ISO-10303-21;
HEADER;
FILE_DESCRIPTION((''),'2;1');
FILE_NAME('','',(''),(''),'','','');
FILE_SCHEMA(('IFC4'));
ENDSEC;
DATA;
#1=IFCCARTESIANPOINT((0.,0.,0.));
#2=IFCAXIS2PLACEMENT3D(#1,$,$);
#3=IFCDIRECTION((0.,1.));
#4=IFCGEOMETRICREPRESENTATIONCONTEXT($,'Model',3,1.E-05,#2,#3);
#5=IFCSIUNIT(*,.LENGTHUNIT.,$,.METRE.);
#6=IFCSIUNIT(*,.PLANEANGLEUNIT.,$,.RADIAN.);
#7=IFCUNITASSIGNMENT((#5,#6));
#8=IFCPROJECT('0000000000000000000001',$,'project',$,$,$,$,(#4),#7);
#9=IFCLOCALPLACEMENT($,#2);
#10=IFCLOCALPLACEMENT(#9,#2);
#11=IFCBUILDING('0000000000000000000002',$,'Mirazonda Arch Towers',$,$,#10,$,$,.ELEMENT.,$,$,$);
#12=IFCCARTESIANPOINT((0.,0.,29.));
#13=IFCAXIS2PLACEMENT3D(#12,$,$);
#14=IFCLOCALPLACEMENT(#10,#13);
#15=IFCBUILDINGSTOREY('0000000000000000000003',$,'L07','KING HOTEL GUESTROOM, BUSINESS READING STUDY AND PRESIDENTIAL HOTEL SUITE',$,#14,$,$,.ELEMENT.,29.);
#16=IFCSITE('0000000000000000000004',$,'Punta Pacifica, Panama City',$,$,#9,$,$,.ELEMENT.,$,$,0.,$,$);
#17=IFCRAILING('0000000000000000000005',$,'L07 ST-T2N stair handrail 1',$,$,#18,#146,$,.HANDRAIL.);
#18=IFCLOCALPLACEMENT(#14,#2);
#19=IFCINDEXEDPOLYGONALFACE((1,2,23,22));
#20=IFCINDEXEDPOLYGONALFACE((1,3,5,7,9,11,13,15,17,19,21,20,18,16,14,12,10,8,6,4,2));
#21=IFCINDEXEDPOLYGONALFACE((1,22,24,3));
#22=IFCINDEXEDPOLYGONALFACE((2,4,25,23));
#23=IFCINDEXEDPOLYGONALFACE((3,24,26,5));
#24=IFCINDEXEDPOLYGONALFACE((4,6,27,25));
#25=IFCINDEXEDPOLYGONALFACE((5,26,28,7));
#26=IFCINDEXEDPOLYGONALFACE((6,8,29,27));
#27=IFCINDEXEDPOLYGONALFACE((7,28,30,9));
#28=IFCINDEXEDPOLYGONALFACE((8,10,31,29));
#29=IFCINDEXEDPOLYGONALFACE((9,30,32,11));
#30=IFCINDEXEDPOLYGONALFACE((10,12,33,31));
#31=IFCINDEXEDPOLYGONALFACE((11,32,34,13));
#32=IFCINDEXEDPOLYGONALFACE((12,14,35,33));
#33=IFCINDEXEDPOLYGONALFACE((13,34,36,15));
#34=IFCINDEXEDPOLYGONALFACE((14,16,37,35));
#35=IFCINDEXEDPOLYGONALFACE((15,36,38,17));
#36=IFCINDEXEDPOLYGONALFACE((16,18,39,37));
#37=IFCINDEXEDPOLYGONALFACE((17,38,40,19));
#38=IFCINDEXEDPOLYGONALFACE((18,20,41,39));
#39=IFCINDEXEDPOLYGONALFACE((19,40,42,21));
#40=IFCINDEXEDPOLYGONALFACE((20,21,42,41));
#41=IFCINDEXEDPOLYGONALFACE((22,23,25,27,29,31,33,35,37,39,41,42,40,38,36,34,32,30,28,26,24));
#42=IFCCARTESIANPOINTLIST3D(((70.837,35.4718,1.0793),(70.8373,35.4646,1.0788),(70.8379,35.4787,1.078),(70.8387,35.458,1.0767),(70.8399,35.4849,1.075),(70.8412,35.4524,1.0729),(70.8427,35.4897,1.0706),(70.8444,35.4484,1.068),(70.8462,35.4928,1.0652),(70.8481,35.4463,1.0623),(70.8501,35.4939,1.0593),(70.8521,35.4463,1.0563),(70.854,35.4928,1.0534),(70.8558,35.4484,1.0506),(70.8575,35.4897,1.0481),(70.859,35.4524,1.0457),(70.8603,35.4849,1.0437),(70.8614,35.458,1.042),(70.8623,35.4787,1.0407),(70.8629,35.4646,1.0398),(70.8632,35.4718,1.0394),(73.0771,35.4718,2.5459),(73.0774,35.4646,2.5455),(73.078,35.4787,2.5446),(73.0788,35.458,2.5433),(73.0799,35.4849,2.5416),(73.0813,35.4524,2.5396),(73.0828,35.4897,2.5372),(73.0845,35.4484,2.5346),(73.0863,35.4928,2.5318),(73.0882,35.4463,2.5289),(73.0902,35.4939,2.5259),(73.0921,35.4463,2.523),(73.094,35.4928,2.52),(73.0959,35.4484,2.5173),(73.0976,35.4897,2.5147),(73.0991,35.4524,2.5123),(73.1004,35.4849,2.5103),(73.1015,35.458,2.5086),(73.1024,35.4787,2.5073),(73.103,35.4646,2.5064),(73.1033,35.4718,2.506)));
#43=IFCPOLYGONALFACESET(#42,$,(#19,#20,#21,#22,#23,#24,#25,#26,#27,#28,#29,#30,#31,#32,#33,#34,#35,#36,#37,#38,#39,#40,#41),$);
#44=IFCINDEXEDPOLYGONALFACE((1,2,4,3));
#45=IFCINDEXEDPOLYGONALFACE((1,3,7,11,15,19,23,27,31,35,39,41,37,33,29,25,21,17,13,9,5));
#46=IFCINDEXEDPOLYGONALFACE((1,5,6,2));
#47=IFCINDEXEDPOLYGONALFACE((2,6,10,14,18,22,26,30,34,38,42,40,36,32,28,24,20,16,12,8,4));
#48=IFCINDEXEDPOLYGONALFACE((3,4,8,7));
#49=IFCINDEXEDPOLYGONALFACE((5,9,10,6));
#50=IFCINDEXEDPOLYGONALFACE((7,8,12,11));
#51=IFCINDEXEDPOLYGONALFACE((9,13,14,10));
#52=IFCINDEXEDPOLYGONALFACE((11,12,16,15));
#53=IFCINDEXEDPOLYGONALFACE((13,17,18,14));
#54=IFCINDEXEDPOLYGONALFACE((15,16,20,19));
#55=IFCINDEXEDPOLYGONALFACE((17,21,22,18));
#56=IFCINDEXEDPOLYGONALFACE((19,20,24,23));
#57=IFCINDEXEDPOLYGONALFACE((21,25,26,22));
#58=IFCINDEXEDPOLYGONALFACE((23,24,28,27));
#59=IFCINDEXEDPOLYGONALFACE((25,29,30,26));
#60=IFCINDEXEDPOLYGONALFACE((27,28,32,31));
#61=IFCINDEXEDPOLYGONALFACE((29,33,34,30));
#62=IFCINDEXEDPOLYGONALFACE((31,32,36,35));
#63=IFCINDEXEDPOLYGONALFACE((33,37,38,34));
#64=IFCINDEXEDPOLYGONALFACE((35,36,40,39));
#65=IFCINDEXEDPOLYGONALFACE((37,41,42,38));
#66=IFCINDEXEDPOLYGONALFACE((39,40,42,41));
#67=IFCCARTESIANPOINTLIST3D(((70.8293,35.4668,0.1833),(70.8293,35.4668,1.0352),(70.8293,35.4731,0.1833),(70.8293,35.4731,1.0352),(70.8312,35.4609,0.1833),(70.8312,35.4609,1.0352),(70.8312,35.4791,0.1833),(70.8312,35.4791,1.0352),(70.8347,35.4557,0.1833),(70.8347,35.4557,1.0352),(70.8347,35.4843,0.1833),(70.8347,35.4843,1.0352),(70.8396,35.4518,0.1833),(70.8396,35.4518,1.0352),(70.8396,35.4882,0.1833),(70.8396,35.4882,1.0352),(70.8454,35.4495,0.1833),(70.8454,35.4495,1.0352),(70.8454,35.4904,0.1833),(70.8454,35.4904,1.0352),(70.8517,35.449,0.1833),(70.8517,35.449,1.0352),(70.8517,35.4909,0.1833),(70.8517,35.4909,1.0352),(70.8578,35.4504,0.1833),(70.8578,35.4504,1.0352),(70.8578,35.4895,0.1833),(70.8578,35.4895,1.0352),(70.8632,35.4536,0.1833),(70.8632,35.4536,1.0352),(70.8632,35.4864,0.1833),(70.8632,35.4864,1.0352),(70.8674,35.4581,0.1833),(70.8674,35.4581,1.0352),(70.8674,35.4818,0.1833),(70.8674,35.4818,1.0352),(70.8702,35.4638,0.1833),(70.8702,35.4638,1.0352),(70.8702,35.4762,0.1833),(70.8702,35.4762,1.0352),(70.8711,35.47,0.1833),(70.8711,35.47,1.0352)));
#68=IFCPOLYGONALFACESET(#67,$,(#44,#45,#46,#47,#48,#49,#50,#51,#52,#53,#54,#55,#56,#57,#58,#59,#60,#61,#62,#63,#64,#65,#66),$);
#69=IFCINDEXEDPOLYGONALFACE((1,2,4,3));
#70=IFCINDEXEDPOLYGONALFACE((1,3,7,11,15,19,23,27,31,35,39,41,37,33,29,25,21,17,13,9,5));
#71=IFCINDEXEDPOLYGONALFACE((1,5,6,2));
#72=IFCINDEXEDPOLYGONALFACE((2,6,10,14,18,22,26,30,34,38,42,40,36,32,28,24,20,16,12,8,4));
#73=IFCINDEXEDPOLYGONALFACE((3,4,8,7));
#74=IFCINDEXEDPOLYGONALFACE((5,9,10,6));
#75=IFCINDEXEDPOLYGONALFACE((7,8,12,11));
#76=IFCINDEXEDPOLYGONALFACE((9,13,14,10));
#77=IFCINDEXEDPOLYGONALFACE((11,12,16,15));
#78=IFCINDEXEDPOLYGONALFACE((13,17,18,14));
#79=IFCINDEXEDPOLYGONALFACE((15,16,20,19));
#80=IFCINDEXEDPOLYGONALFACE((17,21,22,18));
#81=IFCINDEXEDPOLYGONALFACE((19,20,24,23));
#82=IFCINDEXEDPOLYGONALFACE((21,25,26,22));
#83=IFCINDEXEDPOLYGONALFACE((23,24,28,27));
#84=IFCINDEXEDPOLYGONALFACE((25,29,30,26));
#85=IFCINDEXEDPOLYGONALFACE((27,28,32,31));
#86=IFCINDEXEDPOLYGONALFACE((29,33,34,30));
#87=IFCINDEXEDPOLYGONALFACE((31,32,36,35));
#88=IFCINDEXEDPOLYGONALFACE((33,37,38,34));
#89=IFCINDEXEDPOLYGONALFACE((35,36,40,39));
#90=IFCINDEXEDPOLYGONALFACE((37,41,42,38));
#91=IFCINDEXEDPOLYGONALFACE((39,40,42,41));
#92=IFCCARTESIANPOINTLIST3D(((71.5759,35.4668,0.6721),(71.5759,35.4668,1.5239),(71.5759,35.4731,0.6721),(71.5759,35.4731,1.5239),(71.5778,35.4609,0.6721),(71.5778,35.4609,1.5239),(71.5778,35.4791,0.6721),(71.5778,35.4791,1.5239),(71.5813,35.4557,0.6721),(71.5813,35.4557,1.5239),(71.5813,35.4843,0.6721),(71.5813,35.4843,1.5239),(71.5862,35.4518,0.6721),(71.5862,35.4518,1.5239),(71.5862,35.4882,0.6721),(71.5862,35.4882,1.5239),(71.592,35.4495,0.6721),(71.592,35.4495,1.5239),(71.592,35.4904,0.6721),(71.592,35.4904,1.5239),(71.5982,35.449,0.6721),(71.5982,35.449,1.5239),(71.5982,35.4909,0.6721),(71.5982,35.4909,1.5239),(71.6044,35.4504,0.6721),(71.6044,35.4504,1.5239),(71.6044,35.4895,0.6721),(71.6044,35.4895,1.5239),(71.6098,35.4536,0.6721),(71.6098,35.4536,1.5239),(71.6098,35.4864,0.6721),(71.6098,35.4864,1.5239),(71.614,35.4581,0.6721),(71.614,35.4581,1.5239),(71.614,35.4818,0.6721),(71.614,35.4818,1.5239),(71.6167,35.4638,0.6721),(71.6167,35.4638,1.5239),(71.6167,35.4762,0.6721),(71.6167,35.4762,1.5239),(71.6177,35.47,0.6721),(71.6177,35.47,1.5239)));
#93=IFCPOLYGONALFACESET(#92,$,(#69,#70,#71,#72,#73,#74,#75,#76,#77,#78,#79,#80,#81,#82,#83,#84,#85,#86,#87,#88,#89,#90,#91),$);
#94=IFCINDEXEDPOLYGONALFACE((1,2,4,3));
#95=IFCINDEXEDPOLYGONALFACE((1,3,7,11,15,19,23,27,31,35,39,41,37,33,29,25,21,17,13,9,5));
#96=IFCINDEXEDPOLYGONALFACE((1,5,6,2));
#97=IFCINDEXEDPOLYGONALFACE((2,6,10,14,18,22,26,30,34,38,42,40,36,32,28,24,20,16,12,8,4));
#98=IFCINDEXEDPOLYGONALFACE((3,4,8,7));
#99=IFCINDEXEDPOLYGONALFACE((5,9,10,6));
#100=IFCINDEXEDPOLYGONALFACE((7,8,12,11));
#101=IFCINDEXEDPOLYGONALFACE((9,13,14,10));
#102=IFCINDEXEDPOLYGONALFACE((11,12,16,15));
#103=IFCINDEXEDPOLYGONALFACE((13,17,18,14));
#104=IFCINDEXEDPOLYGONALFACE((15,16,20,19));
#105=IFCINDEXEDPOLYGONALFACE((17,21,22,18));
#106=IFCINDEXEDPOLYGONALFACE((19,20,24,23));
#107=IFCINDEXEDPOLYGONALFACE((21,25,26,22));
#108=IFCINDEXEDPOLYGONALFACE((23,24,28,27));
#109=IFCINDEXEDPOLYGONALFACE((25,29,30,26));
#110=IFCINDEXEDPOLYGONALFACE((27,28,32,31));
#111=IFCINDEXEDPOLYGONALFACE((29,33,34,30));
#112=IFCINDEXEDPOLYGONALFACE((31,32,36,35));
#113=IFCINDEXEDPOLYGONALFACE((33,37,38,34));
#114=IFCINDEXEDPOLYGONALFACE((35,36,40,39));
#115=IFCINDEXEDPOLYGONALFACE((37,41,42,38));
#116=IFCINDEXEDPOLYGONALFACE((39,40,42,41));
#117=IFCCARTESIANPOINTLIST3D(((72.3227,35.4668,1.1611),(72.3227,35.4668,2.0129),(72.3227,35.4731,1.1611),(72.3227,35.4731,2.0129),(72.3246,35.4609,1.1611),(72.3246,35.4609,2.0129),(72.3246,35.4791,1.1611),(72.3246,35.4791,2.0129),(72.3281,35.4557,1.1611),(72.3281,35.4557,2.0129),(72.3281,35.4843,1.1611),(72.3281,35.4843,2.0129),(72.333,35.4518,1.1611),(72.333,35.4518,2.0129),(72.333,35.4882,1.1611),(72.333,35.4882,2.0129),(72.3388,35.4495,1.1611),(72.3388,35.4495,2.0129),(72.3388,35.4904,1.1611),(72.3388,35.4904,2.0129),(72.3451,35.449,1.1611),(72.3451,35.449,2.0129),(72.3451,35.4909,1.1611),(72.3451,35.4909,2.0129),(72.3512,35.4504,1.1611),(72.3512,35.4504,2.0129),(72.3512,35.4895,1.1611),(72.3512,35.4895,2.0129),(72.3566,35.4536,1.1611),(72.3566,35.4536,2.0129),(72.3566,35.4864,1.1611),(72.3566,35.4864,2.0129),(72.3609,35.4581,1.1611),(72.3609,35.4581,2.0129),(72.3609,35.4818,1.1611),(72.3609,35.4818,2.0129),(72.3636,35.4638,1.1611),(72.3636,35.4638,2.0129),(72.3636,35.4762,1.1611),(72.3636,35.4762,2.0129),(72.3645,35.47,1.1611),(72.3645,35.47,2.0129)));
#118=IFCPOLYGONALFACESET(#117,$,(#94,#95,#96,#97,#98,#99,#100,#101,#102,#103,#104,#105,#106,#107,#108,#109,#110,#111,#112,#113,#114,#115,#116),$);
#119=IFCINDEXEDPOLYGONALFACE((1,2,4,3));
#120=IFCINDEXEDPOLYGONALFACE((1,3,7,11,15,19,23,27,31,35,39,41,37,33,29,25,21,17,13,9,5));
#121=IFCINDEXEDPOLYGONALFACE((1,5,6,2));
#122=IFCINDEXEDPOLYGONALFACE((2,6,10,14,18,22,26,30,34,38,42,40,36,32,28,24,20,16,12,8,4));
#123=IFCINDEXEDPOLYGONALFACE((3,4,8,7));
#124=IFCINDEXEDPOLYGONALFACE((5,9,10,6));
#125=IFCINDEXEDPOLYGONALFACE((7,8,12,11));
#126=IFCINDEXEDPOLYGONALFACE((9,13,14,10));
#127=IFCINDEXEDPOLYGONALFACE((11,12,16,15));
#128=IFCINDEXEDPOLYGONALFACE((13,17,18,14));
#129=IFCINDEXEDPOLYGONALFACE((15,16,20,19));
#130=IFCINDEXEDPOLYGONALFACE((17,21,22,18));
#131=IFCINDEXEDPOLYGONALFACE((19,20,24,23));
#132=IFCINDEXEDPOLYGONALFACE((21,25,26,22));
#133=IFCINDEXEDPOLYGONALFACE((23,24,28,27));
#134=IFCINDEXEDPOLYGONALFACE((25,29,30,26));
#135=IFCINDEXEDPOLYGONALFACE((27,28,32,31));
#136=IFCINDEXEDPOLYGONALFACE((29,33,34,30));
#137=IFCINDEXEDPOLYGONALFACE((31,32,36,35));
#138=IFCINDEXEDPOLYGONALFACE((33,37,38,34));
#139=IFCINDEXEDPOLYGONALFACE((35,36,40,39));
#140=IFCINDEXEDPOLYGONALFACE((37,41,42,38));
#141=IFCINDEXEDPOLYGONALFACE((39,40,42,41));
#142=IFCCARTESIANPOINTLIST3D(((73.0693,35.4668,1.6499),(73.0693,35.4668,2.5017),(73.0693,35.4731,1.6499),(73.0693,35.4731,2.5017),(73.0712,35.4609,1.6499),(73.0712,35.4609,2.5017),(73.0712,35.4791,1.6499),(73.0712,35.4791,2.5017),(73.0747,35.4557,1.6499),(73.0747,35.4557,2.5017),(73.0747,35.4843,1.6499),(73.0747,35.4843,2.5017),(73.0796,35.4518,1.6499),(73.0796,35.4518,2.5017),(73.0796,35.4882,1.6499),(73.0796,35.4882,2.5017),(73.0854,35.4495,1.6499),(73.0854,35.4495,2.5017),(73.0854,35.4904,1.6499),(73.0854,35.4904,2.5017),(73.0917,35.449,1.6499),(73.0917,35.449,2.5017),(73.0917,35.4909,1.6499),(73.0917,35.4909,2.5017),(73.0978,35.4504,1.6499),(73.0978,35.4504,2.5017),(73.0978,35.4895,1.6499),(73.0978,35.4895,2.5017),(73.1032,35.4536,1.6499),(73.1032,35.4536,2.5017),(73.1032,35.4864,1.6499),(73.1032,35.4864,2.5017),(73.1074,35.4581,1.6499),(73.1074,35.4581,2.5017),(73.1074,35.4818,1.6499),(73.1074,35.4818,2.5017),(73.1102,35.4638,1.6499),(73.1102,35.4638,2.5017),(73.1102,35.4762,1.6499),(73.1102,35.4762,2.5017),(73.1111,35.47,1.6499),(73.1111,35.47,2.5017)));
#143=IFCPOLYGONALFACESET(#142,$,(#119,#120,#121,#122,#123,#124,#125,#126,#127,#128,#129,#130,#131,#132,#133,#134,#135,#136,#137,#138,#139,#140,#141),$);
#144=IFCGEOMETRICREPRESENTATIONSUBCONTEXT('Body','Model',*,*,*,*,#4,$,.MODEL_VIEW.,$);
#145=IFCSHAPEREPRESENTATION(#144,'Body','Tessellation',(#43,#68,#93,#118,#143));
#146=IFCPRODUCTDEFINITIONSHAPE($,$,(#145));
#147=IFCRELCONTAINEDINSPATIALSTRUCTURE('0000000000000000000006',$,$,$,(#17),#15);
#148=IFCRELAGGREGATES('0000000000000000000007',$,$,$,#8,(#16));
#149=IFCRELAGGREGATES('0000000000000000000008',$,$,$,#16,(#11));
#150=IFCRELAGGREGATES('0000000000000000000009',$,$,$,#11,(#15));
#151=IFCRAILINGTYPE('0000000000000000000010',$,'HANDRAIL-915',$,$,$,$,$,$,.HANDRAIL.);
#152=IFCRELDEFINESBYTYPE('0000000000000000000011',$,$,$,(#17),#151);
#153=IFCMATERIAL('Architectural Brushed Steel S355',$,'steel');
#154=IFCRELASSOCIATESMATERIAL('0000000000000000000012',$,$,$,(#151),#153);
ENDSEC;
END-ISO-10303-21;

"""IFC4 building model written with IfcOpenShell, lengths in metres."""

from ifc_helpers import new_model, si_unit, direction, frame, origin, origin_2d, place, context, subcontext, project, spatial, circle, extrude, material, type_object, element, save


model = new_model("IFC4")

# Units and contexts
model_context = context("Model", 3, precision=1e-05, world=origin(), true_north=direction((0.0, 1.0)))
body_context = subcontext(model_context, "Body", "Model", "MODEL_VIEW")
ifc_project = project(units=[si_unit("LENGTHUNIT", "METRE"), si_unit("PLANEANGLEUNIT", "RADIAN")], contexts=[model_context])

# Site, building, storey
site_placement = place(None, origin())
site = spatial("IfcSite", under=ifc_project, at=site_placement, Name="Punta Pacifica, Panama City", CompositionType="ELEMENT", RefElevation=0.0)
building_placement = place(site_placement, origin())
building = spatial("IfcBuilding", under=site, at=building_placement, Name="Mirazonda Arch Towers", CompositionType="ELEMENT")
storey_placement = place(building_placement, frame((0.0, 0.0, 29.0)))
storey = spatial("IfcBuildingStorey", under=building, at=storey_placement, Name="L07", Description="KING HOTEL GUESTROOM, BUSINESS READING STUDY AND PRESIDENTIAL HOTEL SUITE", CompositionType="ELEMENT", Elevation=29.0)

# Shared definitions
ifc_material_1 = material(Name="Architectural Brushed Steel S355", Category="steel")

# Railing
railing_type = type_object("IfcRailingType", Name="HANDRAIL-915", PredefinedType="HANDRAIL", material=ifc_material_1)
railing_placement = place(storey_placement, frame((70.8501, 35.47, 0.1833)))
element("IfcRailing", 1, at=railing_placement, inside=storey, type_object=railing_type, Name="L07 ST-T2N stair handrail 1", PredefinedType="HANDRAIL", context=body_context, shape_type="SweptSolid", body=[
    extrude(circle(Radius=0.0239, at=origin_2d()), frame((0.0, 0.0, 0.876), z_axis=(0.836637, 0.0, 0.547758), x_axis=(0.0, 1.0, 0.0)), (0.0, 0.0, 1.0), 2.6775),
    extrude(circle(Radius=0.021, at=origin_2d()), origin(), (0.0, 0.0, 1.0), 0.8518),
    extrude(circle(Radius=0.021, at=origin_2d()), frame((0.7466, 0.0, 0.4888)), (0.0, 0.0, 1.0), 0.8518),
    extrude(circle(Radius=0.021, at=origin_2d()), frame((1.4934, 0.0, 0.9778)), (0.0, 0.0, 1.0), 0.8518),
    extrude(circle(Radius=0.021, at=origin_2d()), frame((2.24, 0.0, 1.4666)), (0.0, 0.0, 1.0), 0.8518),
])

save(model, "model.ifc")
